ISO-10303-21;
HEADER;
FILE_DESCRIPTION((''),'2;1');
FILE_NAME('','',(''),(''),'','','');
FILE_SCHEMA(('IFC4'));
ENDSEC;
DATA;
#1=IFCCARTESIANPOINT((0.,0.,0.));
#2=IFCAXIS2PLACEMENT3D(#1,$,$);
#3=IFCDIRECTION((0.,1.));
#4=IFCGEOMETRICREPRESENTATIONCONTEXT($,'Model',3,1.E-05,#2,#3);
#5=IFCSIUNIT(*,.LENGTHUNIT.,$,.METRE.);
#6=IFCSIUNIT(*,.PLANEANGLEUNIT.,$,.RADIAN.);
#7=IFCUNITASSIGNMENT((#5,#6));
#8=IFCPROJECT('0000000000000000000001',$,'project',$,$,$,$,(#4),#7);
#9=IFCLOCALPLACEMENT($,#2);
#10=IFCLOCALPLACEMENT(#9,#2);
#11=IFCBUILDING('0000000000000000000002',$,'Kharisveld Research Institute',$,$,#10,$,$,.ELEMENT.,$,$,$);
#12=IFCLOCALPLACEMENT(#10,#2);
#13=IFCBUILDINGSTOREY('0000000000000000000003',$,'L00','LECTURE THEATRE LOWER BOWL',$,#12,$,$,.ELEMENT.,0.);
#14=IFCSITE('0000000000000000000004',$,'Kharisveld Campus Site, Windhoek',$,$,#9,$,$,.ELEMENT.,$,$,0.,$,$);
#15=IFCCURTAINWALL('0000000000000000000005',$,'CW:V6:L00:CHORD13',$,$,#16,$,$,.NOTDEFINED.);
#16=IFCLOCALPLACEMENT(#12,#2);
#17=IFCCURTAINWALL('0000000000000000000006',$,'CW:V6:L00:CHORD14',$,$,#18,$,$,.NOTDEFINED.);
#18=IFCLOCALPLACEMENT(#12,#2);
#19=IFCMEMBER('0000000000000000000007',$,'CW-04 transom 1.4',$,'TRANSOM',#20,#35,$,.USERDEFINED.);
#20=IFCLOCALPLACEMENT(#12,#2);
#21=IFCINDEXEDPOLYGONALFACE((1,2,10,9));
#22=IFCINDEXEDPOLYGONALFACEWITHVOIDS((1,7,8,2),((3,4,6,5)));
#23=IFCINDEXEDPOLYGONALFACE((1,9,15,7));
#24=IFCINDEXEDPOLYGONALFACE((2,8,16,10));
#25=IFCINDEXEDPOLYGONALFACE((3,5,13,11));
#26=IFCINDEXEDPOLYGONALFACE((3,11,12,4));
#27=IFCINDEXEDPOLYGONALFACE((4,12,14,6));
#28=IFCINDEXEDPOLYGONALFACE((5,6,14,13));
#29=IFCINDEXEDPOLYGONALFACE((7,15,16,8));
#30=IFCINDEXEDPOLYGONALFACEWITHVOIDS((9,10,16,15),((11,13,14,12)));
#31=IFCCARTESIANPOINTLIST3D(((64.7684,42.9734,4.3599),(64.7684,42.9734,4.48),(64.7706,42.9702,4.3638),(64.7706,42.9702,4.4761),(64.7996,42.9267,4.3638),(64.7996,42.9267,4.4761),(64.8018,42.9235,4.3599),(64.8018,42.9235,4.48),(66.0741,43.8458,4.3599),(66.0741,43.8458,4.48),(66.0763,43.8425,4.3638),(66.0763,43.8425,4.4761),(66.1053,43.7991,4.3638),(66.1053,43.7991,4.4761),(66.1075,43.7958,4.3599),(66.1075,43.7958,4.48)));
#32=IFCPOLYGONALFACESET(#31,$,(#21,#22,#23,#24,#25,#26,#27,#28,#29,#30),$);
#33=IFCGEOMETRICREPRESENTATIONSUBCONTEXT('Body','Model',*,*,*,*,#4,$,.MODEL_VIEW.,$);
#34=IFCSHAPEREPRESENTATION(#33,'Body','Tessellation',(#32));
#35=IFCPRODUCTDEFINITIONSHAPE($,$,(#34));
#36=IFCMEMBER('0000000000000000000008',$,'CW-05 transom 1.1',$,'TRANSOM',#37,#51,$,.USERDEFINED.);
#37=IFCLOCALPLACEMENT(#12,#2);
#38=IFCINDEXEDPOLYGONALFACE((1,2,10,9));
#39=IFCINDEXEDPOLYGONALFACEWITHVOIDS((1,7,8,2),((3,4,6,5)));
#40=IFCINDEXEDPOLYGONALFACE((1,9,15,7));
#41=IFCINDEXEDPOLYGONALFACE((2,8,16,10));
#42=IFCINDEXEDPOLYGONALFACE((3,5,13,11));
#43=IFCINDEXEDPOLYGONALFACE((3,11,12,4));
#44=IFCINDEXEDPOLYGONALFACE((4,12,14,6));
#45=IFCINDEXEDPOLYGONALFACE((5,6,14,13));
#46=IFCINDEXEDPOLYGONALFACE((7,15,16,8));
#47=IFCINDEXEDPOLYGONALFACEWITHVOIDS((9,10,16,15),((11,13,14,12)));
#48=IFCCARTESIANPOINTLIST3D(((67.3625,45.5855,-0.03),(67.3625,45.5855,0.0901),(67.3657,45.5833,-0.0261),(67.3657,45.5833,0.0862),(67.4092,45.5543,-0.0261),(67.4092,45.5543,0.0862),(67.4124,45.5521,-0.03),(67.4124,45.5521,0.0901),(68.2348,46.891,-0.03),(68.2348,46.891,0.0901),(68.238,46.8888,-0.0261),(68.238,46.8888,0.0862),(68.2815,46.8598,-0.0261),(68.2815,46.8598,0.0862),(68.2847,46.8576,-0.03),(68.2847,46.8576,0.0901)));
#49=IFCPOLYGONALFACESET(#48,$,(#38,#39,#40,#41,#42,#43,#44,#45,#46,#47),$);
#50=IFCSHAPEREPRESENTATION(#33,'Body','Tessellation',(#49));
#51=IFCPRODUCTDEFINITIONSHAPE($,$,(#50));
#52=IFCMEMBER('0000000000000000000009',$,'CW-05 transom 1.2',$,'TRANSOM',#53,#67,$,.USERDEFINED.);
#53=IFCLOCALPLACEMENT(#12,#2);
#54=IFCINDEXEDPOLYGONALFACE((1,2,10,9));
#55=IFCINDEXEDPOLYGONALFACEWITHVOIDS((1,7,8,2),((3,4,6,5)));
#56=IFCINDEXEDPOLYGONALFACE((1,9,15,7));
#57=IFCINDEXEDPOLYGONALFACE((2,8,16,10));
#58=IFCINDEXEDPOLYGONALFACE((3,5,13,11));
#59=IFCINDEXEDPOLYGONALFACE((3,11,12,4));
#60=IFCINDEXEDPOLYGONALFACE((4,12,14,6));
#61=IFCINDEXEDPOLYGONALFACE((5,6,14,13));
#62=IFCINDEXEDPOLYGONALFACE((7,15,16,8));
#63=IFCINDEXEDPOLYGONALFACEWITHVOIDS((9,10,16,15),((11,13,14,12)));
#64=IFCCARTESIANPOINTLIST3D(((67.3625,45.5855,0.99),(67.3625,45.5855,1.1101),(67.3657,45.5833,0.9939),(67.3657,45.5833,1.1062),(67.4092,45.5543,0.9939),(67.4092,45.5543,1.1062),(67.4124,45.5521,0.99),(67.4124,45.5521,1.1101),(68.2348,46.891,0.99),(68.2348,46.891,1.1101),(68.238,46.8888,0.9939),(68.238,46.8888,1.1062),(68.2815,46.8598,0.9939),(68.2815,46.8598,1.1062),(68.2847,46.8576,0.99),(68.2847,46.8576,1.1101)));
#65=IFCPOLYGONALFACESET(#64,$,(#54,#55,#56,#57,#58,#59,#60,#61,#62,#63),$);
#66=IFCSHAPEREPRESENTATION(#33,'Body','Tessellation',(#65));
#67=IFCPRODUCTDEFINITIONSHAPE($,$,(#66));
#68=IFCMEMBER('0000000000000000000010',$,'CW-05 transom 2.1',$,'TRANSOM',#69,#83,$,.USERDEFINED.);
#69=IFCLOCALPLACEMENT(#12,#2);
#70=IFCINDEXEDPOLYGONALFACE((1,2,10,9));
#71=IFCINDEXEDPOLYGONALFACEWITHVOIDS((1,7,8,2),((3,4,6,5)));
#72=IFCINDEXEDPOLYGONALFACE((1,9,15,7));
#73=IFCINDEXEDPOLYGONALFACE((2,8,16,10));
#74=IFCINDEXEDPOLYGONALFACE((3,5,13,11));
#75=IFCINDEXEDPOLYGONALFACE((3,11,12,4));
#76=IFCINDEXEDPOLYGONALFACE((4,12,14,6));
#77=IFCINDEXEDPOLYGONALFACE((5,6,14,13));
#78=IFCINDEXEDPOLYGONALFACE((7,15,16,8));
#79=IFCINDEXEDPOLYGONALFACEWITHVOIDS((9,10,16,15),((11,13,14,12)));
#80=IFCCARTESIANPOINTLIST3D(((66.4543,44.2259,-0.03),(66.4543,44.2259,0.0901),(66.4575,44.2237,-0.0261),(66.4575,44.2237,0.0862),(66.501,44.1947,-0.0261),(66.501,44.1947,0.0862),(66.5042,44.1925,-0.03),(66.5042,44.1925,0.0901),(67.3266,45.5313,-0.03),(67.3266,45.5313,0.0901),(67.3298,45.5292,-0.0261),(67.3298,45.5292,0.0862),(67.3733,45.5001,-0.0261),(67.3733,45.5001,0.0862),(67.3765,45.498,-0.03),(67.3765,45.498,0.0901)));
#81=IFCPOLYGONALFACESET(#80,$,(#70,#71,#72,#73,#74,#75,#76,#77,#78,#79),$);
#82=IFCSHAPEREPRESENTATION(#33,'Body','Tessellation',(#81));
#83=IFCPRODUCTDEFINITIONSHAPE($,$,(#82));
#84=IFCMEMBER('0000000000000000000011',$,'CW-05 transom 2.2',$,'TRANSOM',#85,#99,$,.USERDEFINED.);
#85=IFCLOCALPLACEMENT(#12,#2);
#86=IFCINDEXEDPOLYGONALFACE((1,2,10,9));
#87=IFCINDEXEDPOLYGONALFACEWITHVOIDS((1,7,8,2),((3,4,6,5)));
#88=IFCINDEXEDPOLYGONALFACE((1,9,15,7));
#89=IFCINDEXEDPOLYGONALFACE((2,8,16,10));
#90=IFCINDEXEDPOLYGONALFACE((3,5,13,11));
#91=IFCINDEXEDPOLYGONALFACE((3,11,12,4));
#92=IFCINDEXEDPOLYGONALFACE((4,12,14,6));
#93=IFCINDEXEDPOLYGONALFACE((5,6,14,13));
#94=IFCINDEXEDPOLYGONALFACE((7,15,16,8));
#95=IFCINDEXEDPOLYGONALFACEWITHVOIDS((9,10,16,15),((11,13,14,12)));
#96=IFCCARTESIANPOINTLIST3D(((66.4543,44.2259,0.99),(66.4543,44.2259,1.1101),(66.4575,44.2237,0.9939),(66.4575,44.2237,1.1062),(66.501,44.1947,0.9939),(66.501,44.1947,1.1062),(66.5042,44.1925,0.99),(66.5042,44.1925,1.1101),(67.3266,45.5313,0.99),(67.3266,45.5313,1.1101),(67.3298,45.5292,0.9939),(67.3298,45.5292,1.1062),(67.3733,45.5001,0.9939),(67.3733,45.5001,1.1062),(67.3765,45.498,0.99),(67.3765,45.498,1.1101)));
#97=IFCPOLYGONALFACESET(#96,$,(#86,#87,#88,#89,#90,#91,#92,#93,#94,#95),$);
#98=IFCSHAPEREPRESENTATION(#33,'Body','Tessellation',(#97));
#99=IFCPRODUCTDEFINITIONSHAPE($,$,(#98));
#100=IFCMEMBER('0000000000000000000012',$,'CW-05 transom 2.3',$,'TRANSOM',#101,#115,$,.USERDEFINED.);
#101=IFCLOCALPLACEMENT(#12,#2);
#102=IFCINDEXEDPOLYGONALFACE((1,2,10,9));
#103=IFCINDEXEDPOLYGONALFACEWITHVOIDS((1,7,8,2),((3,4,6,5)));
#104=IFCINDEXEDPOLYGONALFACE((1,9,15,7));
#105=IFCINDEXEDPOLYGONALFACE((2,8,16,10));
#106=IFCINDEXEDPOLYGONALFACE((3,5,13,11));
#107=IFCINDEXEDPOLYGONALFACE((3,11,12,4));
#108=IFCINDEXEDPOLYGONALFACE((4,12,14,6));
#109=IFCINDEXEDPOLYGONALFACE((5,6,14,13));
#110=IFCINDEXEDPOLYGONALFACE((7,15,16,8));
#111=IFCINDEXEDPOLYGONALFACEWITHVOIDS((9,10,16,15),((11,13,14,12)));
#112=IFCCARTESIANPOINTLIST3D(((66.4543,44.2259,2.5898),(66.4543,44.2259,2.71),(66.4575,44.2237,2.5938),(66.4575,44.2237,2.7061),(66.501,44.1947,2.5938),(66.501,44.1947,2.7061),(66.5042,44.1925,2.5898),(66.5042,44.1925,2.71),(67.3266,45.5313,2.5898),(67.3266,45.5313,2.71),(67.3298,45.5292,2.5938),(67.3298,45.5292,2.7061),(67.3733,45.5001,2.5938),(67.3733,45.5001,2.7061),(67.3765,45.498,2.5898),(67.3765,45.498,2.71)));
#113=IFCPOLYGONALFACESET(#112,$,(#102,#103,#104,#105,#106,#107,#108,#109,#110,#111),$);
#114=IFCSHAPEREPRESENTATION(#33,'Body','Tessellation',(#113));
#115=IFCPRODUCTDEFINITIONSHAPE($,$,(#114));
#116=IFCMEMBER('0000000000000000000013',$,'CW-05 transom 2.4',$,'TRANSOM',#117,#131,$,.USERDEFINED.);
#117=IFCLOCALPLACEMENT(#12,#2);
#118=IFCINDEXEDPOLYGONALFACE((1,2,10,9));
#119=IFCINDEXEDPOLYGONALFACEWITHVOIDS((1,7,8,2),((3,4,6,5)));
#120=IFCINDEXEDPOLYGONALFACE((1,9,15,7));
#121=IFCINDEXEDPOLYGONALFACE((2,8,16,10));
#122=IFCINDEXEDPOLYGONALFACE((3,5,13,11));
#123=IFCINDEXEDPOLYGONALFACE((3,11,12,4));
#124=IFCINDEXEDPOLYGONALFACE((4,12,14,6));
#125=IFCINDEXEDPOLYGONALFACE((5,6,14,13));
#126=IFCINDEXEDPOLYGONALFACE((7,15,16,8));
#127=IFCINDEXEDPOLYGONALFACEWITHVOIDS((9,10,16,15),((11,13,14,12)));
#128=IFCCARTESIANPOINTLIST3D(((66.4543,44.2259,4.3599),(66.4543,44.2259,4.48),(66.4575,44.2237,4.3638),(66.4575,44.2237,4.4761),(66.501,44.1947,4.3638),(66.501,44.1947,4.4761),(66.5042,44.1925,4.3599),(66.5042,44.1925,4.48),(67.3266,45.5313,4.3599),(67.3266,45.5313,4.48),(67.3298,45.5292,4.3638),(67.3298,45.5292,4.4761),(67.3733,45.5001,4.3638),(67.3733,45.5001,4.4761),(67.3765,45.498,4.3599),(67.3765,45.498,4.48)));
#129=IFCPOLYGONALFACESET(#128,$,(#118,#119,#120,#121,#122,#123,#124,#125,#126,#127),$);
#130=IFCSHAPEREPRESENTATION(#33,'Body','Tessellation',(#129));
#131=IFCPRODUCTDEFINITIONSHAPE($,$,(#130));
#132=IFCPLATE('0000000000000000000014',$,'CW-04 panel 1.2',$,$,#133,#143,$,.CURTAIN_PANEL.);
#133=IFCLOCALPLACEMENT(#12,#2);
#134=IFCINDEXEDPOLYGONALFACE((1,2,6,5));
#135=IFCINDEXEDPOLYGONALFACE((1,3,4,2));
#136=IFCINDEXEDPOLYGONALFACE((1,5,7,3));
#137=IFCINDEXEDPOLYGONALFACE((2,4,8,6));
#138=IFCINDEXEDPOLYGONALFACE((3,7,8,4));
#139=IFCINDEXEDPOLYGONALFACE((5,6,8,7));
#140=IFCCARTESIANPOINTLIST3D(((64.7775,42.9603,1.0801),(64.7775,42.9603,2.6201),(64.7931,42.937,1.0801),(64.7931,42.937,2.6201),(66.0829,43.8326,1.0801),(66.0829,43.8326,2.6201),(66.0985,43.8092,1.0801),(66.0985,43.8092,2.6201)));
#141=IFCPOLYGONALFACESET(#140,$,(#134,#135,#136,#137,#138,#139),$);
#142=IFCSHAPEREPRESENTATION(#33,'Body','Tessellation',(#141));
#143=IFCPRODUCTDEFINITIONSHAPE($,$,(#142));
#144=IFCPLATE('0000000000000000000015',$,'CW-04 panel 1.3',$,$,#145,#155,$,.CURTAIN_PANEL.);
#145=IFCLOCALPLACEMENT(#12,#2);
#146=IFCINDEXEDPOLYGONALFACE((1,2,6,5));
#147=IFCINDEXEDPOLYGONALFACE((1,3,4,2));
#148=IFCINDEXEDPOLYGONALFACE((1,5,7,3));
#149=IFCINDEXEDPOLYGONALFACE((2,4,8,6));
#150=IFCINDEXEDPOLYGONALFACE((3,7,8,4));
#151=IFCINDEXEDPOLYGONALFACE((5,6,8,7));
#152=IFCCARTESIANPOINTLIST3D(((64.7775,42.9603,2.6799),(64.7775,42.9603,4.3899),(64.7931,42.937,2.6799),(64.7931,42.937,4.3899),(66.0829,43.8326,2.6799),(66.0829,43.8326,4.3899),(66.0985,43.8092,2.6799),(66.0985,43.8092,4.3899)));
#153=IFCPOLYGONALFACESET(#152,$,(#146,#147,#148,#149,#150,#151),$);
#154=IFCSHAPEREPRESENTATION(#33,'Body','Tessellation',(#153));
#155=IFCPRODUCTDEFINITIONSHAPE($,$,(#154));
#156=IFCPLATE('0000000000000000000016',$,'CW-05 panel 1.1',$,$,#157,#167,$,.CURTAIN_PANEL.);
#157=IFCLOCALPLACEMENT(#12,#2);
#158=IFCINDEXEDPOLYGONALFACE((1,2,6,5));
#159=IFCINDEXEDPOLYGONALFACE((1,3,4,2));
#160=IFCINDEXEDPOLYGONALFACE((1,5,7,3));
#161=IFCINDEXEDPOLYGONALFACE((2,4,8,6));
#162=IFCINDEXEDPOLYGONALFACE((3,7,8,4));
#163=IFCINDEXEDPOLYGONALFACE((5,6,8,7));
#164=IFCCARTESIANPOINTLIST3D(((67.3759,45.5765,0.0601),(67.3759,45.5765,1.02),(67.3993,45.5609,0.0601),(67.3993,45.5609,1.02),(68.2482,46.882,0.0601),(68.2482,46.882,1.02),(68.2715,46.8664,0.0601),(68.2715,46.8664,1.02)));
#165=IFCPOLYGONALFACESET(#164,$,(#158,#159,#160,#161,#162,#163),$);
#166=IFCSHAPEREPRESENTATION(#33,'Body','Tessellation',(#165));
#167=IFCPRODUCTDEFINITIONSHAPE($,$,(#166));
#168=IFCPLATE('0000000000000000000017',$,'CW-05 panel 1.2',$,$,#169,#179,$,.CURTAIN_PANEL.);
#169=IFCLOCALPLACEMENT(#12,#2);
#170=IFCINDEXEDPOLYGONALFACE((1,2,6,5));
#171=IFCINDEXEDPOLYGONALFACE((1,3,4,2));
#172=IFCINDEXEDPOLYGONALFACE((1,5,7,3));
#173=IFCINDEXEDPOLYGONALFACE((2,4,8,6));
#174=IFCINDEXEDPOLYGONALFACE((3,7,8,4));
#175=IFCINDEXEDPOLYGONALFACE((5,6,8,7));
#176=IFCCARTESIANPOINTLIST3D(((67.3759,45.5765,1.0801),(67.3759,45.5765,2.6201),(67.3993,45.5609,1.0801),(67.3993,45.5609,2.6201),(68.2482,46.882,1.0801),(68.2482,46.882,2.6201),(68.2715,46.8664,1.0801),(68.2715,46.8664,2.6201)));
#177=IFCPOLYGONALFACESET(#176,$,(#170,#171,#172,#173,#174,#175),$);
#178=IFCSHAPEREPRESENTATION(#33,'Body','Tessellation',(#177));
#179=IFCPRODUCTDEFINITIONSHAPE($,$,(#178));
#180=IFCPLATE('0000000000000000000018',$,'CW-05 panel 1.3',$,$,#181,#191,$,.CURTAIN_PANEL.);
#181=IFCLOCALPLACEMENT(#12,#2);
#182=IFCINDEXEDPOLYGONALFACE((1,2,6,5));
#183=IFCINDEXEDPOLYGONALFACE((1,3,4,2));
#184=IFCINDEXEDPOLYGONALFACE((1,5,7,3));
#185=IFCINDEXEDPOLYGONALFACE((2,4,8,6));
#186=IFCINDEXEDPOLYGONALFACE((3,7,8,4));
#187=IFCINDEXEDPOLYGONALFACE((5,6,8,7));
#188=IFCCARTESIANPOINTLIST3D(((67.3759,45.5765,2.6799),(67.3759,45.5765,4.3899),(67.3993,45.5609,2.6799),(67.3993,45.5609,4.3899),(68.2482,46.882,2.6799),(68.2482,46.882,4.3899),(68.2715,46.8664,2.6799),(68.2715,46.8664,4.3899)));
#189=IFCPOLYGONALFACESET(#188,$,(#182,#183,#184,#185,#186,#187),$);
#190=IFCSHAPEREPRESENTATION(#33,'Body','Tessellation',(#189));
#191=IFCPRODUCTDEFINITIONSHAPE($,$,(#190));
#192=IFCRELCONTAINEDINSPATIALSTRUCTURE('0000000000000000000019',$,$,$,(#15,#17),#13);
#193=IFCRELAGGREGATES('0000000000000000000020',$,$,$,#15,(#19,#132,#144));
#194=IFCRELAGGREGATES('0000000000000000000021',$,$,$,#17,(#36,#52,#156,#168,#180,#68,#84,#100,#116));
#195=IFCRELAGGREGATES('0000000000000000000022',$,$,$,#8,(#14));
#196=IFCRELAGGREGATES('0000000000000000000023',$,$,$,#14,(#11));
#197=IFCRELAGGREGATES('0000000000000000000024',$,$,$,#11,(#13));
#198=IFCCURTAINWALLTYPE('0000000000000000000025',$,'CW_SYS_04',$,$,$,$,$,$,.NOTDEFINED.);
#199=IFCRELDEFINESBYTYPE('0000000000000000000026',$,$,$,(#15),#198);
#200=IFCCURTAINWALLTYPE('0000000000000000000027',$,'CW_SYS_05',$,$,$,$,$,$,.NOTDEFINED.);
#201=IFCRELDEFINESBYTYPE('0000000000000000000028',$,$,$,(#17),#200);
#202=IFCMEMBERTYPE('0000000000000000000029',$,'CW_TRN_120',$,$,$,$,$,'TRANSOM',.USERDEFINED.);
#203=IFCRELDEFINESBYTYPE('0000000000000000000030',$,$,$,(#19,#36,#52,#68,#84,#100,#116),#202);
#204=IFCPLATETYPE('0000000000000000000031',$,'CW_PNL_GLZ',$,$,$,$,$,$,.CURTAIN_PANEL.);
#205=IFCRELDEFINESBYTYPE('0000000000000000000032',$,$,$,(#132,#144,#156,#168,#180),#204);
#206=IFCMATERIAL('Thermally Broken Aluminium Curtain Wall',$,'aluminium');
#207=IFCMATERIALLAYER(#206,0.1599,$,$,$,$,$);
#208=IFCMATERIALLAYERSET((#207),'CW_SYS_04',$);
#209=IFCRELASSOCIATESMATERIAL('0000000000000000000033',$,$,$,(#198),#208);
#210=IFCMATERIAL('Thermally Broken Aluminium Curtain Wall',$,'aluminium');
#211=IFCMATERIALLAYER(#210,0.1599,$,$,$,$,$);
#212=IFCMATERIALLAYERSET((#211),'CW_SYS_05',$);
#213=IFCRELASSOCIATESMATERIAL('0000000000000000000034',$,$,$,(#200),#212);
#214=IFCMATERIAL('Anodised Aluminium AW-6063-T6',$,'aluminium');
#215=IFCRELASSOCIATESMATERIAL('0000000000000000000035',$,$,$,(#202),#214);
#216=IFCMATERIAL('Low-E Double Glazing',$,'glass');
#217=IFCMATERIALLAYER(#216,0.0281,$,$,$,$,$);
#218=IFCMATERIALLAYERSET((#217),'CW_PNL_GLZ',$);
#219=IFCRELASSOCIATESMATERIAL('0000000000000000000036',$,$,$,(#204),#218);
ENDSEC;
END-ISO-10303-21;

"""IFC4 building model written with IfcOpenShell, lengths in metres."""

from ifc_helpers import new_model, si_unit, direction, frame, origin, origin_2d, place, context, subcontext, project, spatial, rectangle, hollow_rectangle, extrude, material, layer, layer_set, material_profile, profile_set, type_object, element, aggregate, save


model = new_model("IFC4")

# Units and contexts
model_context = context("Model", 3, precision=1e-05, world=origin(), true_north=direction((0.0, 1.0)))
body_context = subcontext(model_context, "Body", "Model", "MODEL_VIEW")
ifc_project = project(units=[si_unit("LENGTHUNIT", "METRE"), si_unit("PLANEANGLEUNIT", "RADIAN")], contexts=[model_context])

# Site, building, storey
site_placement = place(None, origin())
site = spatial("IfcSite", under=ifc_project, at=site_placement, Name="Kharisveld Campus Site, Windhoek", CompositionType="ELEMENT", RefElevation=0.0)
building_placement = place(site_placement, origin())
building = spatial("IfcBuilding", under=site, at=building_placement, Name="Kharisveld Research Institute", CompositionType="ELEMENT")
storey_placement = place(building_placement, origin())
storey = spatial("IfcBuildingStorey", under=building, at=storey_placement, Name="L00", Description="LECTURE THEATRE LOWER BOWL", CompositionType="ELEMENT", Elevation=0.0)

# Curtain wall
ifc_material_1 = material(Name="Thermally Broken Aluminium Curtain Wall", Category="aluminium")
ifc_layer_1 = layer(ifc_material_1, 0.1599)
ifc_layer_set_1 = layer_set([ifc_layer_1], Name="CW_SYS_04")
curtain_wall_type_1 = type_object("IfcCurtainWallType", Name="CW_SYS_04", PredefinedType="NOTDEFINED", material=ifc_layer_set_1)
curtain_wall_1_placement = place(storey_placement, origin())
curtain_wall_1 = element("IfcCurtainWall", 1, at=curtain_wall_1_placement, inside=storey, type_object=curtain_wall_type_1, Name="CW:V6:L00:CHORD13", PredefinedType="NOTDEFINED")

# Curtain wall
ifc_material_2 = material(Name="Thermally Broken Aluminium Curtain Wall", Category="aluminium")
ifc_layer_2 = layer(ifc_material_2, 0.1599)
ifc_layer_set_2 = layer_set([ifc_layer_2], Name="CW_SYS_05")
curtain_wall_type_2 = type_object("IfcCurtainWallType", Name="CW_SYS_05", PredefinedType="NOTDEFINED", material=ifc_layer_set_2)
curtain_wall_2_placement = place(storey_placement, origin())
curtain_wall_2 = element("IfcCurtainWall", 2, at=curtain_wall_2_placement, inside=storey, type_object=curtain_wall_type_2, Name="CW:V6:L00:CHORD14", PredefinedType="NOTDEFINED")

# Members
ifc_material_3 = material(Name="Anodised Aluminium AW-6063-T6", Category="aluminium")
ifc_material_profile_1 = material_profile(ifc_material_3, hollow_rectangle(XDim=0.0601, YDim=0.1201, WallThickness=0.0039, at=origin_2d()))
ifc_profile_set_1 = profile_set([ifc_material_profile_1], Name="Anodised Aluminium AW-6063-T6")
member_type_1 = type_object("IfcMemberType", Name="CW_TRN_120", ElementType="TRANSOM", PredefinedType="USERDEFINED", material=ifc_profile_set_1)
member_1_placement = place(storey_placement, frame((66.0908, 43.8208, 4.4199), z_axis=(-0.8315, -0.555525, 0.0), x_axis=(0.555525, -0.8315, 0.0)))
member_1 = element("IfcMember", 3, at=member_1_placement, type_object=member_type_1, Name="CW-04 transom 1.4", ObjectType="TRANSOM", PredefinedType="USERDEFINED", context=body_context, shape_type="SweptSolid", body=[
    extrude(hollow_rectangle(XDim=0.0601, YDim=0.1201, WallThickness=0.0039, at=origin_2d()), origin(), (0.0, 0.0, 1.0), 1.5703),
])
member_2_placement = place(storey_placement, frame((68.2598, 46.8743, 0.03), z_axis=(-0.555597, -0.831452, 0.0), x_axis=(0.831452, -0.555597, 0.0)))
member_2 = element("IfcMember", 4, at=member_2_placement, type_object=member_type_1, Name="CW-05 transom 1.1", ObjectType="TRANSOM", PredefinedType="USERDEFINED", context=body_context, shape_type="SweptSolid", body=[
    extrude(hollow_rectangle(XDim=0.0601, YDim=0.1201, WallThickness=0.0039, at=origin_2d()), origin(), (0.0, 0.0, 1.0), 1.5701),
])
member_3_placement = place(storey_placement, frame((68.2598, 46.8743, 1.05), z_axis=(-0.555597, -0.831452, 0.0), x_axis=(0.831452, -0.555597, 0.0)))
member_3 = element("IfcMember", 5, at=member_3_placement, type_object=member_type_1, Name="CW-05 transom 1.2", ObjectType="TRANSOM", PredefinedType="USERDEFINED", context=body_context, shape_type="SweptSolid", body=[
    extrude(hollow_rectangle(XDim=0.0601, YDim=0.1201, WallThickness=0.0039, at=origin_2d()), origin(), (0.0, 0.0, 1.0), 1.5701),
])
member_4_placement = place(storey_placement, frame((67.3516, 45.5146, 0.03), z_axis=(-0.555597, -0.831452, 0.0), x_axis=(0.831452, -0.555597, 0.0)))
member_4 = element("IfcMember", 6, at=member_4_placement, type_object=member_type_1, Name="CW-05 transom 2.1", ObjectType="TRANSOM", PredefinedType="USERDEFINED", context=body_context, shape_type="SweptSolid", body=[
    extrude(hollow_rectangle(XDim=0.0601, YDim=0.1201, WallThickness=0.0039, at=origin_2d()), origin(), (0.0, 0.0, 1.0), 1.5701),
])
member_5_placement = place(storey_placement, frame((67.3516, 45.5146, 1.05), z_axis=(-0.555597, -0.831452, 0.0), x_axis=(0.831452, -0.555597, 0.0)))
member_5 = element("IfcMember", 7, at=member_5_placement, type_object=member_type_1, Name="CW-05 transom 2.2", ObjectType="TRANSOM", PredefinedType="USERDEFINED", context=body_context, shape_type="SweptSolid", body=[
    extrude(hollow_rectangle(XDim=0.0601, YDim=0.1201, WallThickness=0.0039, at=origin_2d()), origin(), (0.0, 0.0, 1.0), 1.5701),
])
member_6_placement = place(storey_placement, frame((67.3516, 45.5146, 2.6499), z_axis=(-0.555597, -0.831452, 0.0), x_axis=(0.831452, -0.555597, 0.0)))
member_6 = element("IfcMember", 8, at=member_6_placement, type_object=member_type_1, Name="CW-05 transom 2.3", ObjectType="TRANSOM", PredefinedType="USERDEFINED", context=body_context, shape_type="SweptSolid", body=[
    extrude(hollow_rectangle(XDim=0.0601, YDim=0.1201, WallThickness=0.0039, at=origin_2d()), origin(), (0.0, 0.0, 1.0), 1.5701),
])
member_7_placement = place(storey_placement, frame((67.3516, 45.5146, 4.4199), z_axis=(-0.555597, -0.831452, 0.0), x_axis=(0.831452, -0.555597, 0.0)))
member_7 = element("IfcMember", 9, at=member_7_placement, type_object=member_type_1, Name="CW-05 transom 2.4", ObjectType="TRANSOM", PredefinedType="USERDEFINED", context=body_context, shape_type="SweptSolid", body=[
    extrude(hollow_rectangle(XDim=0.0601, YDim=0.1201, WallThickness=0.0039, at=origin_2d()), origin(), (0.0, 0.0, 1.0), 1.5701),
])

# Plates
ifc_material_4 = material(Name="Low-E Double Glazing", Category="glass")
ifc_layer_3 = layer(ifc_material_4, 0.0281)
ifc_layer_set_3 = layer_set([ifc_layer_3], Name="CW_PNL_GLZ")
plate_type = type_object("IfcPlateType", Name="CW_PNL_GLZ", PredefinedType="CURTAIN_PANEL", material=ifc_layer_set_3)
plate_1_placement = place(storey_placement, frame((65.438, 43.3848, 1.0801), z_axis=(0.0, 0.0, 1.0), x_axis=(-0.83147, -0.55557, 0.0)))
plate_1 = element("IfcPlate", 10, at=plate_1_placement, type_object=plate_type, Name="CW-04 panel 1.2", PredefinedType="CURTAIN_PANEL", context=body_context, shape_type="SweptSolid", body=[
    extrude(rectangle(XDim=1.5701, YDim=0.0281, at=origin_2d()), origin(), (0.0, 0.0, 1.0), 1.54),
])
plate_2_placement = place(storey_placement, frame((65.438, 43.3848, 2.6799), z_axis=(0.0, 0.0, 1.0), x_axis=(-0.83147, -0.55557, 0.0)))
plate_2 = element("IfcPlate", 11, at=plate_2_placement, type_object=plate_type, Name="CW-04 panel 1.3", PredefinedType="CURTAIN_PANEL", context=body_context, shape_type="SweptSolid", body=[
    extrude(rectangle(XDim=1.5701, YDim=0.0281, at=origin_2d()), origin(), (0.0, 0.0, 1.0), 1.71),
])
aggregate(curtain_wall_1, [member_1, plate_1, plate_2])
plate_3_placement = place(storey_placement, frame((67.8237, 46.2214, 0.0601), z_axis=(0.0, 0.0, 1.0), x_axis=(-0.55557, -0.83147, 0.0)))
plate_3 = element("IfcPlate", 12, at=plate_3_placement, type_object=plate_type, Name="CW-05 panel 1.1", PredefinedType="CURTAIN_PANEL", context=body_context, shape_type="SweptSolid", body=[
    extrude(rectangle(XDim=1.5701, YDim=0.0281, at=origin_2d()), origin(), (0.0, 0.0, 1.0), 0.96),
])
plate_4_placement = place(storey_placement, frame((67.8237, 46.2214, 1.0801), z_axis=(0.0, 0.0, 1.0), x_axis=(-0.55557, -0.83147, 0.0)))
plate_4 = element("IfcPlate", 13, at=plate_4_placement, type_object=plate_type, Name="CW-05 panel 1.2", PredefinedType="CURTAIN_PANEL", context=body_context, shape_type="SweptSolid", body=[
    extrude(rectangle(XDim=1.5701, YDim=0.0281, at=origin_2d()), origin(), (0.0, 0.0, 1.0), 1.54),
])
plate_5_placement = place(storey_placement, frame((67.8237, 46.2214, 2.6799), z_axis=(0.0, 0.0, 1.0), x_axis=(-0.55557, -0.83147, 0.0)))
plate_5 = element("IfcPlate", 14, at=plate_5_placement, type_object=plate_type, Name="CW-05 panel 1.3", PredefinedType="CURTAIN_PANEL", context=body_context, shape_type="SweptSolid", body=[
    extrude(rectangle(XDim=1.5701, YDim=0.0281, at=origin_2d()), origin(), (0.0, 0.0, 1.0), 1.71),
])
aggregate(curtain_wall_2, [member_2, member_3, plate_3, plate_4, plate_5, member_4, member_5, member_6, member_7])

save(model, "model.ifc")
